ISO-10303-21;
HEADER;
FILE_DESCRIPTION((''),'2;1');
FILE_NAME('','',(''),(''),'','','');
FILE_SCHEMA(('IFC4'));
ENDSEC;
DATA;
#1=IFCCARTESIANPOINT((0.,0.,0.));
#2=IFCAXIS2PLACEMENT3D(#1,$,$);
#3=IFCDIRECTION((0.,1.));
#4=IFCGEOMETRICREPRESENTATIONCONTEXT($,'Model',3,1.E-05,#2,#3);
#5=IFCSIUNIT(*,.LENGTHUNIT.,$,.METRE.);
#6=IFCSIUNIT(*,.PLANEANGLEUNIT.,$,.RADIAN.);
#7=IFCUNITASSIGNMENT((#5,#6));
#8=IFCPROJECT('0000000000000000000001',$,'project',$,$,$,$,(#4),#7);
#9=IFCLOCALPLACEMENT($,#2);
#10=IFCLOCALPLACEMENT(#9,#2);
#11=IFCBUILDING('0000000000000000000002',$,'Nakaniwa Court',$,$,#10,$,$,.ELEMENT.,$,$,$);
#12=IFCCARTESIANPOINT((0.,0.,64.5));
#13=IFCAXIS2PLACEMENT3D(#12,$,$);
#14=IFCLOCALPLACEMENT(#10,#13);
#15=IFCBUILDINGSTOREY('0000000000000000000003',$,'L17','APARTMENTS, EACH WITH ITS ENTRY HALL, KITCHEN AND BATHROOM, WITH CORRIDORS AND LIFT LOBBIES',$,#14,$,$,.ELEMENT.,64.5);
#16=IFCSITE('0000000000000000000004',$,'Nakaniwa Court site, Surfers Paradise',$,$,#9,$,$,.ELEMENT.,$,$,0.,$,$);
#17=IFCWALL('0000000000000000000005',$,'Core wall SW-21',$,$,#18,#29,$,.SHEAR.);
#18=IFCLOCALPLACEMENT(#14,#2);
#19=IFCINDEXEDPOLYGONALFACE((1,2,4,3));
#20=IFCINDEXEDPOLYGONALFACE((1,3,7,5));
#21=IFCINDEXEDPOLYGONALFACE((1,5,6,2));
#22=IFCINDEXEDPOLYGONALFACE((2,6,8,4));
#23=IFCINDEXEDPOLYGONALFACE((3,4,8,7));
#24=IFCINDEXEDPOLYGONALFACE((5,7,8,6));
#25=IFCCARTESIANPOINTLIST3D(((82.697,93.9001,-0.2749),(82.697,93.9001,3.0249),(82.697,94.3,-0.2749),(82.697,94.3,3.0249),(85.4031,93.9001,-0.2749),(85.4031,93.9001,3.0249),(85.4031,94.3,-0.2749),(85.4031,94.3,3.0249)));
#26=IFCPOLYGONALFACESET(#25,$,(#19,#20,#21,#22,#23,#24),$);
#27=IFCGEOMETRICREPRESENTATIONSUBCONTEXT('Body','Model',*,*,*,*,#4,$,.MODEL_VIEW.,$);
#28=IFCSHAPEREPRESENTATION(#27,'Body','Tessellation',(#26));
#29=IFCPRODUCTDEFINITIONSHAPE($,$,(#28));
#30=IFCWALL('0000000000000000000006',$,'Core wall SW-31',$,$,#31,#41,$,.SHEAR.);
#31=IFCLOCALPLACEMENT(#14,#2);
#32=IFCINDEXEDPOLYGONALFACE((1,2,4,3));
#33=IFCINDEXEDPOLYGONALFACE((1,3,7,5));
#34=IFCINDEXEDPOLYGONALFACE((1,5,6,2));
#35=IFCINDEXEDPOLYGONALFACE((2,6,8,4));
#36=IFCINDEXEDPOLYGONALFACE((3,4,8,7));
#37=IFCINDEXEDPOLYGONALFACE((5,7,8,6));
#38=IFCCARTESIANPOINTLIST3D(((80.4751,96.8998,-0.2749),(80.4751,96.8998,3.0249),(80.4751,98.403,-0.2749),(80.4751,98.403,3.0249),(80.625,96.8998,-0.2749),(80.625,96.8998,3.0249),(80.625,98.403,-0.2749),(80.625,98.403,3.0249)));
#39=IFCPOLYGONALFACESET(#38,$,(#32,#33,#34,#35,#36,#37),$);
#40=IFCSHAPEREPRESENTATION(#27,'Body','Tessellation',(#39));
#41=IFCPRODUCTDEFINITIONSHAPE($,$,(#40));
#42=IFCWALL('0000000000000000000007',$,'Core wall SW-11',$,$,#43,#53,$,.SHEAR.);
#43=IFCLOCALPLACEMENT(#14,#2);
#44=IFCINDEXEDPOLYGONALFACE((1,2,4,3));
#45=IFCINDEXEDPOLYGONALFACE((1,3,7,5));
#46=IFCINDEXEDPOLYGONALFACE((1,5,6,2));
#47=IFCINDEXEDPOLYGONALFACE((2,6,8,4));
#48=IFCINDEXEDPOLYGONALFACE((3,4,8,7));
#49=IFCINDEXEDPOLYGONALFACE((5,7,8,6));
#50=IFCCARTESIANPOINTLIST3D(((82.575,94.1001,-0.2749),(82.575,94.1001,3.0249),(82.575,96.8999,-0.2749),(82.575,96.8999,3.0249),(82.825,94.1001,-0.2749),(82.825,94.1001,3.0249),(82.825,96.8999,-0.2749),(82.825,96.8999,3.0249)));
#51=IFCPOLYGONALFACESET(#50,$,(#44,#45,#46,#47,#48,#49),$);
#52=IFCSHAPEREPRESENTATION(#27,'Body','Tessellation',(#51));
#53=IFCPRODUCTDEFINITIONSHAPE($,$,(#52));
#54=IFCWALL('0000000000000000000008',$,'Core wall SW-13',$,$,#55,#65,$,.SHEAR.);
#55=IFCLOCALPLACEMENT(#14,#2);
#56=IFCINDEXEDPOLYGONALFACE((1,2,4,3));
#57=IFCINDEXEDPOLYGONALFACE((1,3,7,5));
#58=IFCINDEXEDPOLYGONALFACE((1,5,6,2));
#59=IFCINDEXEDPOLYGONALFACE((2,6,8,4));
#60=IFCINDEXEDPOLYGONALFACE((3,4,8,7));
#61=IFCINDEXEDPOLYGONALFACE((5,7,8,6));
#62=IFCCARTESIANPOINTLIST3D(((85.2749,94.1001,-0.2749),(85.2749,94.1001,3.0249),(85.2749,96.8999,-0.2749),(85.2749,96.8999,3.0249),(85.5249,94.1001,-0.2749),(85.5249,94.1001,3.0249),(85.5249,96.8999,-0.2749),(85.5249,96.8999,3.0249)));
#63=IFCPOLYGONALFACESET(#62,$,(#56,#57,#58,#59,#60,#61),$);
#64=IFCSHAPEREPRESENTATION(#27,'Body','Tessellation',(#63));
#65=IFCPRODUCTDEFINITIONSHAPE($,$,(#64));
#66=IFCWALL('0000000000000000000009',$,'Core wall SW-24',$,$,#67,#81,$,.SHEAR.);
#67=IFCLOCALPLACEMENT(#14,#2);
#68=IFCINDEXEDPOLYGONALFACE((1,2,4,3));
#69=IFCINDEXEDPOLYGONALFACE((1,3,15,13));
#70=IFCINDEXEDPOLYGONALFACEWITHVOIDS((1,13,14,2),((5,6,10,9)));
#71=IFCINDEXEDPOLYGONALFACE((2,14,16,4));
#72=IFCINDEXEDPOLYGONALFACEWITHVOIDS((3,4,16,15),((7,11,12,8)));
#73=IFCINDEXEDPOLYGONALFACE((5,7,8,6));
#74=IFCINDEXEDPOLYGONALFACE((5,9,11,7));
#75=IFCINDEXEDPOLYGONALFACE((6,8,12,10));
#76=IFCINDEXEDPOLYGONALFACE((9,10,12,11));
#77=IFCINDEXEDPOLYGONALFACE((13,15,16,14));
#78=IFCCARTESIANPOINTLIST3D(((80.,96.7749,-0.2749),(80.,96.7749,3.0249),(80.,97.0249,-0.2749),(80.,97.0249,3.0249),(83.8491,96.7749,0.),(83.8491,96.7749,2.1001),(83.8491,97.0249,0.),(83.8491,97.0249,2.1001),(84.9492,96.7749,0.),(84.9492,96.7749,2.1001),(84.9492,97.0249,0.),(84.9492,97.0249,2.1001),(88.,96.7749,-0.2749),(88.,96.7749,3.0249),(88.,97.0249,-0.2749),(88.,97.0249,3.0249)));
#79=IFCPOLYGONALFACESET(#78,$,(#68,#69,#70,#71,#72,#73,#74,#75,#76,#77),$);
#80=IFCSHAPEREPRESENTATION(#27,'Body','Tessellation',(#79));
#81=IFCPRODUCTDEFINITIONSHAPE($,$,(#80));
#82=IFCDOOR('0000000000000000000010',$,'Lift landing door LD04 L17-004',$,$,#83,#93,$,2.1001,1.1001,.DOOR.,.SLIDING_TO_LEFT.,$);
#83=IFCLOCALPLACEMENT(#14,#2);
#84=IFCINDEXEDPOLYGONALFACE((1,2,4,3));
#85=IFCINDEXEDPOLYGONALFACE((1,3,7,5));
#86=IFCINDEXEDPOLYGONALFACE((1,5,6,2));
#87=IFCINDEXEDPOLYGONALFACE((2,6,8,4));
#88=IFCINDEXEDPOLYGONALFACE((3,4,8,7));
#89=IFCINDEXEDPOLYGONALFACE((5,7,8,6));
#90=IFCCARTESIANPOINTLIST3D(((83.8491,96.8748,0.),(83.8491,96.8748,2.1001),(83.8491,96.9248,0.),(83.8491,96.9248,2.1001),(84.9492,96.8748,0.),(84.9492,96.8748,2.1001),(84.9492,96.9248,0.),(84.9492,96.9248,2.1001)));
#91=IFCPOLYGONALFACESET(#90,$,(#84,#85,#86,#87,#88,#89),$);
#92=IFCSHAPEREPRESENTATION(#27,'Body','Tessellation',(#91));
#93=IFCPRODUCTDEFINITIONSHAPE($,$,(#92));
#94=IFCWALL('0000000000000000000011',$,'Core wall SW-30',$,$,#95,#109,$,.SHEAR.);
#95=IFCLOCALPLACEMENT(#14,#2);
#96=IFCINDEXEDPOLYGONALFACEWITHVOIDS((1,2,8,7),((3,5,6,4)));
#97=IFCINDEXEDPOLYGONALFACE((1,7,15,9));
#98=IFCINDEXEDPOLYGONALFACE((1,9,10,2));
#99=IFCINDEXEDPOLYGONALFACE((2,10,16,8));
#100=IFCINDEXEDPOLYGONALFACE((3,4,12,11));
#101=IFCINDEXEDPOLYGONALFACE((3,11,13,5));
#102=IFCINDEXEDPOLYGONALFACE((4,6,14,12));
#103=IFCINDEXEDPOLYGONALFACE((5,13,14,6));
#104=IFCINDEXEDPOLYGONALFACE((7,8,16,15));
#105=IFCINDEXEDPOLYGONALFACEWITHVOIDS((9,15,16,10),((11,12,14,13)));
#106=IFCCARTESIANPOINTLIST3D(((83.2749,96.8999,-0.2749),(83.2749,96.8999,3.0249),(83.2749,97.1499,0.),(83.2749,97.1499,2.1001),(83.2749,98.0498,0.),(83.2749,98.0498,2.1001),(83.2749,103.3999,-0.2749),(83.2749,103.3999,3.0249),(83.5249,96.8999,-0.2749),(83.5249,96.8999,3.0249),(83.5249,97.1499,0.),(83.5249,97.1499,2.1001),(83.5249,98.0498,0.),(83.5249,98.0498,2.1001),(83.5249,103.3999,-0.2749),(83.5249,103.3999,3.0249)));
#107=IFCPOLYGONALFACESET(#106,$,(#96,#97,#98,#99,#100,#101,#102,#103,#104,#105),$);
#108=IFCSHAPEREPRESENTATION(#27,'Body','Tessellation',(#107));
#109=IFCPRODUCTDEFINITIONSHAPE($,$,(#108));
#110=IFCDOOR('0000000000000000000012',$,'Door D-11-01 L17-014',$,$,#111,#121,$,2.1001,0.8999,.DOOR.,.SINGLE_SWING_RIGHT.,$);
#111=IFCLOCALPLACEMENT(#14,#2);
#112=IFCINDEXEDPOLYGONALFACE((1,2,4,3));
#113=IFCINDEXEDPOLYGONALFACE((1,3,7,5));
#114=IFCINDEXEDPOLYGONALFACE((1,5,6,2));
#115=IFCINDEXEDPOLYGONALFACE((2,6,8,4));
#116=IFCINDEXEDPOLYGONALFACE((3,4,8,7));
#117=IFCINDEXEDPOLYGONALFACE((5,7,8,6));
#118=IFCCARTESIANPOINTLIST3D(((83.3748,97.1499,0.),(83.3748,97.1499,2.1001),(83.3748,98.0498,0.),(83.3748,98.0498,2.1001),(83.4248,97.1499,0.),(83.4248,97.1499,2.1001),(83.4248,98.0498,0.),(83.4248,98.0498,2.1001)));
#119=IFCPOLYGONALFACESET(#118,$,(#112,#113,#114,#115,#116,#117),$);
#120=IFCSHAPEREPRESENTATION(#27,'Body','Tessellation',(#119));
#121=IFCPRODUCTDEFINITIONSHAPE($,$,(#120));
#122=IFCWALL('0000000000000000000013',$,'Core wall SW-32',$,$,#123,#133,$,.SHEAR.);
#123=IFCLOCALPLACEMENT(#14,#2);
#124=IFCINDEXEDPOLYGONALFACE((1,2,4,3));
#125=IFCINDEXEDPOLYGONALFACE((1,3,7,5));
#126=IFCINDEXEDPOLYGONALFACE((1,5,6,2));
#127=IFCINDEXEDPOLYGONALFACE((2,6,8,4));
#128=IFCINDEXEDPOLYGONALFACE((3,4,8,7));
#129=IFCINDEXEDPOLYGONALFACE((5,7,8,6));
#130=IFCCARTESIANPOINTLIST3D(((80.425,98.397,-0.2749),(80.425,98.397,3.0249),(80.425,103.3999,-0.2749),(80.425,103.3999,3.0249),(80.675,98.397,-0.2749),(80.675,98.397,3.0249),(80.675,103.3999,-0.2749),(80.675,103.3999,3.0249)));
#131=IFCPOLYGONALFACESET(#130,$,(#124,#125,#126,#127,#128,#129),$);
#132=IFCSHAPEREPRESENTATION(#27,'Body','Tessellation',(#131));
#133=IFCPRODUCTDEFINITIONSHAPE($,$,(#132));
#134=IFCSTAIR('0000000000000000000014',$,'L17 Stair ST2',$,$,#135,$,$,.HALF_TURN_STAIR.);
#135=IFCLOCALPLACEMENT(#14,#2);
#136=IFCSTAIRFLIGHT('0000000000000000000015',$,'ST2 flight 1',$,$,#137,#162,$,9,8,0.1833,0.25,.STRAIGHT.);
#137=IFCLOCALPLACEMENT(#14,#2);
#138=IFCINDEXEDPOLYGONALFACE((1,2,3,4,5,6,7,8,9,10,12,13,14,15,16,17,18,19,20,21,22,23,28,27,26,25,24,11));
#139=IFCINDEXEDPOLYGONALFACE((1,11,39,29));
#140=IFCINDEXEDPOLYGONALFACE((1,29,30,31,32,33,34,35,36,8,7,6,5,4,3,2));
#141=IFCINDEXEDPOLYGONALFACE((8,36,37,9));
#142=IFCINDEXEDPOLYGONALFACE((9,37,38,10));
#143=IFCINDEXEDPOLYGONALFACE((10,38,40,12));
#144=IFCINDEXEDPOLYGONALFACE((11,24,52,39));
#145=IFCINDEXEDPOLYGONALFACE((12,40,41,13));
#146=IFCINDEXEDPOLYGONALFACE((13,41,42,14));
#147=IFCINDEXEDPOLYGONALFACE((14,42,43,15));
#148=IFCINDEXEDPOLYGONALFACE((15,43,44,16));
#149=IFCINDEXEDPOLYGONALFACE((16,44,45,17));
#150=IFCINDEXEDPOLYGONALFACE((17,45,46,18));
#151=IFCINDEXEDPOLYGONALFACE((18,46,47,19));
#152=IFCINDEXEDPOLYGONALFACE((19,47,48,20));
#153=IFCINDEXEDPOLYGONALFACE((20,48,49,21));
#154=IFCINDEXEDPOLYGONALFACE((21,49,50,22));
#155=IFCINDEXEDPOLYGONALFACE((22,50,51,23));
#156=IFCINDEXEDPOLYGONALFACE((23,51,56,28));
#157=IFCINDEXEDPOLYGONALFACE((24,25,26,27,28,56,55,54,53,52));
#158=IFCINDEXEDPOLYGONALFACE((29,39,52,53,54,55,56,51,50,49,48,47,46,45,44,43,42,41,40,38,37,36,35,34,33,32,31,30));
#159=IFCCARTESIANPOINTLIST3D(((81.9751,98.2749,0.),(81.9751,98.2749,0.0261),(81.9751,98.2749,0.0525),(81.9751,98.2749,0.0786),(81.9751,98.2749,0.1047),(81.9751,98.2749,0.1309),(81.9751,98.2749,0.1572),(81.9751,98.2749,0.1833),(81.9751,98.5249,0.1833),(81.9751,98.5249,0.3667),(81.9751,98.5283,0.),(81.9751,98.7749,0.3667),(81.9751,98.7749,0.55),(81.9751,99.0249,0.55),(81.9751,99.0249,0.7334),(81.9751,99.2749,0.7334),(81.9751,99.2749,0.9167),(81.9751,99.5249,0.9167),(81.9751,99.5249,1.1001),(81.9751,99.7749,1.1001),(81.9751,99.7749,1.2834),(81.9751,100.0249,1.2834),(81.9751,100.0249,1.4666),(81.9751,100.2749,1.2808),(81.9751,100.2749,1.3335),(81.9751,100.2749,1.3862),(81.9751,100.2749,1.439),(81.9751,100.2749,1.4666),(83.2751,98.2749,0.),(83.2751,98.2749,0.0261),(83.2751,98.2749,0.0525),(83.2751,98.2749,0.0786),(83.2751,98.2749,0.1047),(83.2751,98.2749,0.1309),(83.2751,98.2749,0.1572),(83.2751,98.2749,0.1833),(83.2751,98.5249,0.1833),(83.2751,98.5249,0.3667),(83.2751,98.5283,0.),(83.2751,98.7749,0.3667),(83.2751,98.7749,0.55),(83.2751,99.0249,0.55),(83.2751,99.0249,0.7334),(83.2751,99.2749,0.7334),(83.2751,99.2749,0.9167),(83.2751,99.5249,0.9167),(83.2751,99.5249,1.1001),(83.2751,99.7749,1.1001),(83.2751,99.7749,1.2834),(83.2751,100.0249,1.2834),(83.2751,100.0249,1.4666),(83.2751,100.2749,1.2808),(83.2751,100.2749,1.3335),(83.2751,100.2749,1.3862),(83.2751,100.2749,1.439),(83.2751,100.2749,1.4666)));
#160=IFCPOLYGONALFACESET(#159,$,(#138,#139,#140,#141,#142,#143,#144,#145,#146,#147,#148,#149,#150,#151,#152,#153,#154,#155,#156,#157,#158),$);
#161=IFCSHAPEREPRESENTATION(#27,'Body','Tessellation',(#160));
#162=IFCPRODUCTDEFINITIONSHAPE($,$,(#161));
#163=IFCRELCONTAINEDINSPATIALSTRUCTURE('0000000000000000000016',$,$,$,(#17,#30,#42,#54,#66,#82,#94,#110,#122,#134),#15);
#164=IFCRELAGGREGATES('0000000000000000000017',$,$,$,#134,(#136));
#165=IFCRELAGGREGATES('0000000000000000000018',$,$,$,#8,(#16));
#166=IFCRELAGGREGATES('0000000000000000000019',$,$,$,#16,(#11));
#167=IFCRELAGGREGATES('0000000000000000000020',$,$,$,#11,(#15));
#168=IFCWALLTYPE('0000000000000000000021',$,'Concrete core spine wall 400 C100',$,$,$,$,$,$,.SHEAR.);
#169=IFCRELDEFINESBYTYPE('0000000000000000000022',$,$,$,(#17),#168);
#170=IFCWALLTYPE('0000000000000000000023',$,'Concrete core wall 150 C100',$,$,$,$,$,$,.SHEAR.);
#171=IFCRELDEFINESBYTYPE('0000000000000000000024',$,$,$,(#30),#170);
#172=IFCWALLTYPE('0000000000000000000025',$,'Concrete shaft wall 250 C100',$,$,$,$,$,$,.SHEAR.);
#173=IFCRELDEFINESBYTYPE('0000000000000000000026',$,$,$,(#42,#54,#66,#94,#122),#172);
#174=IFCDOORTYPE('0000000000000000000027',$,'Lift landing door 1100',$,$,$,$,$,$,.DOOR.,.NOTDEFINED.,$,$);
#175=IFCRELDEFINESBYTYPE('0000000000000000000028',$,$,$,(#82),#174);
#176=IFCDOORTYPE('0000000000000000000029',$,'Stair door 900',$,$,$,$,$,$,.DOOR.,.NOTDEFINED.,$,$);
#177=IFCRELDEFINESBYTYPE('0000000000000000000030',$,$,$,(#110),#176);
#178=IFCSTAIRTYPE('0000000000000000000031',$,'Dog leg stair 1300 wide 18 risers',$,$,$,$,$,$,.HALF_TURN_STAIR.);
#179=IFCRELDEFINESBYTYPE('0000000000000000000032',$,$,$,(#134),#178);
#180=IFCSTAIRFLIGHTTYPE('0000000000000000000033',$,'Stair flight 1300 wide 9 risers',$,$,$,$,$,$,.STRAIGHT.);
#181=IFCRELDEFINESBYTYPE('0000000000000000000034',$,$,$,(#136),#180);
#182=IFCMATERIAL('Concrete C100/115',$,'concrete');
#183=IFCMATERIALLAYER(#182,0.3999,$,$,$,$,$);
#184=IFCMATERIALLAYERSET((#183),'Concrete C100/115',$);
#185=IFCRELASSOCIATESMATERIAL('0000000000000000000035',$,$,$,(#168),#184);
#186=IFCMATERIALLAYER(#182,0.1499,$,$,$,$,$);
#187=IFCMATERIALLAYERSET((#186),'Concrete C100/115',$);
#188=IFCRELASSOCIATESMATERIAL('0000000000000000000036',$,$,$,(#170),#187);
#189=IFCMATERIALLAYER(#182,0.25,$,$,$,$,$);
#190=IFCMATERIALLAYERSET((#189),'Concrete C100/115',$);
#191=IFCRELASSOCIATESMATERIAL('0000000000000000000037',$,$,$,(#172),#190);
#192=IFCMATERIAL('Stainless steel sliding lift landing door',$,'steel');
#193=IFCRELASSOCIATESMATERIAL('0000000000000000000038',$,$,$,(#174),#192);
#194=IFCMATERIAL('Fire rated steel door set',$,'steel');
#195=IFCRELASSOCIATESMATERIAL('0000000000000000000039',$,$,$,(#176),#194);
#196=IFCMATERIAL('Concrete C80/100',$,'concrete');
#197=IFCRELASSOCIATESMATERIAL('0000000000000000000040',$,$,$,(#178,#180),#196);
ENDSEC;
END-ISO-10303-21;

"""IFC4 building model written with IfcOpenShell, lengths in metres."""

from ifc_helpers import new_model, si_unit, direction, frame, frame_2d, origin, place, context, subcontext, project, spatial, polyline, rectangle, outline, extrude, material, layer, layer_set, type_object, element, fill, aggregate, save


model = new_model("IFC4")

# Units and contexts
model_context = context("Model", 3, precision=1e-05, world=origin(), true_north=direction((0.0, 1.0)))
body_context = subcontext(model_context, "Body", "Model", "MODEL_VIEW")
ifc_project = project(units=[si_unit("LENGTHUNIT", "METRE"), si_unit("PLANEANGLEUNIT", "RADIAN")], contexts=[model_context])

# Site, building, storey
site_placement = place(None, origin())
site = spatial("IfcSite", under=ifc_project, at=site_placement, Name="Nakaniwa Court site, Surfers Paradise", CompositionType="ELEMENT", RefElevation=0.0)
building_placement = place(site_placement, origin())
building = spatial("IfcBuilding", under=site, at=building_placement, Name="Nakaniwa Court", CompositionType="ELEMENT")
storey_placement = place(building_placement, frame((0.0, 0.0, 64.5)))
storey = spatial("IfcBuildingStorey", under=building, at=storey_placement, Name="L17", Description="APARTMENTS, EACH WITH ITS ENTRY HALL, KITCHEN AND BATHROOM, WITH CORRIDORS AND LIFT LOBBIES", CompositionType="ELEMENT", Elevation=64.5)

# Shared definitions
ifc_material_1 = material(Name="Concrete C80/100", Category="concrete")

# Shared definitions
ifc_material_2 = material(Name="Fire rated steel door set", Category="steel")

# Shared definitions
ifc_material_3 = material(Name="Concrete C100/115", Category="concrete")

# Walls
ifc_layer_1 = layer(ifc_material_3, 0.3999)
ifc_layer_set_1 = layer_set([ifc_layer_1], Name="Concrete C100/115")
wall_type_1 = type_object("IfcWallType", Name="Concrete core spine wall 400 C100", PredefinedType="SHEAR", material=ifc_layer_set_1)
wall_1_placement = place(storey_placement, frame((82.697, 94.1001, -0.2749), z_axis=(0.0, 0.0, 1.0), x_axis=(1.0, 0.0, 0.0)))
element("IfcWall", 1, at=wall_1_placement, inside=storey, type_object=wall_type_1, Name="Core wall SW-21", PredefinedType="SHEAR", context=body_context, shape_type="SweptSolid", body=[
    extrude(rectangle(XDim=2.7061, YDim=0.3999, at=frame_2d((1.353, 0.0))), origin(), (0.0, 0.0, 1.0), 3.2998),
])
ifc_layer_2 = layer(ifc_material_3, 0.1499)
ifc_layer_set_2 = layer_set([ifc_layer_2], Name="Concrete C100/115")
wall_type_2 = type_object("IfcWallType", Name="Concrete core wall 150 C100", PredefinedType="SHEAR", material=ifc_layer_set_2)
wall_2_placement = place(storey_placement, frame((80.55, 96.8999, -0.2749), z_axis=(0.0, 0.0, 1.0), x_axis=(0.0, 1.0, 0.0)))
element("IfcWall", 2, at=wall_2_placement, inside=storey, type_object=wall_type_2, Name="Core wall SW-31", PredefinedType="SHEAR", context=body_context, shape_type="SweptSolid", body=[
    extrude(rectangle(XDim=1.5032, YDim=0.1499, at=frame_2d((0.7515, 0.0))), origin(), (0.0, 0.0, 1.0), 3.2998),
])
ifc_layer_3 = layer(ifc_material_3, 0.25)
ifc_layer_set_3 = layer_set([ifc_layer_3], Name="Concrete C100/115")
wall_type_3 = type_object("IfcWallType", Name="Concrete shaft wall 250 C100", PredefinedType="SHEAR", material=ifc_layer_set_3)
for number, where, z_axis, x_axis, name in (
    (3, (82.7, 94.1001, -0.2749), (0.0, 0.0, 1.0), (0.0, 1.0, 0.0), "Core wall SW-11"),
    (4, (85.3999, 94.1001, -0.2749), (0.0, 0.0, 1.0), (0.0, 1.0, 0.0), "Core wall SW-13"),
):
    element("IfcWall", number, at=place(storey_placement, frame(where, z_axis=z_axis, x_axis=x_axis)), inside=storey, type_object=wall_type_3, Name=name, PredefinedType="SHEAR", context=body_context, shape_type="SweptSolid", body=[
        extrude(rectangle(XDim=2.7998, YDim=0.25, at=frame_2d((1.3999, 0.0))), origin(), (0.0, 0.0, 1.0), 3.2998),
    ])

# Walls, openings, doors
wall_3_placement = place(storey_placement, frame((80.0, 96.8999, -0.2749), z_axis=(0.0, 0.0, 1.0), x_axis=(1.0, 0.0, 0.0)))
wall_3 = element("IfcWall", 5, at=wall_3_placement, inside=storey, type_object=wall_type_3, Name="Core wall SW-24", PredefinedType="SHEAR", context=body_context, shape_type="SweptSolid", body=[
    extrude(rectangle(XDim=8.0, YDim=0.25, at=frame_2d((4.0, 0.0))), origin(), (0.0, 0.0, 1.0), 3.2998),
])
opening_1_placement = place(wall_3_placement, frame((3.8491, 0.0, 0.2749)))
opening_1 = element("IfcOpeningElement", 6, at=opening_1_placement, cuts=wall_3, PredefinedType="OPENING", context=body_context, shape_type="SweptSolid", body=[
    extrude(rectangle(XDim=1.1001, YDim=2.1001, at=frame_2d((0.55, 1.05))), frame((0.0, 0.135, 0.0), z_axis=(0.0, -1.0, 0.0), x_axis=(1.0, 0.0, 0.0)), (0.0, 0.0, 1.0), 0.27),
])
ifc_material_4 = material(Name="Stainless steel sliding lift landing door", Category="steel")
door_type_1 = type_object("IfcDoorType", Name="Lift landing door 1100", OperationType="NOTDEFINED", PredefinedType="DOOR", material=ifc_material_4)
door_1_placement = place(opening_1_placement, origin())
door_1 = element("IfcDoor", 7, at=door_1_placement, inside=storey, type_object=door_type_1, Name="Lift landing door LD04 L17-004", OperationType="SLIDING_TO_LEFT", OverallHeight=2.1001, OverallWidth=1.1001, PredefinedType="DOOR", context=body_context, shape_type="SweptSolid", body=[
    extrude(rectangle(XDim=1.1001, YDim=2.1001, at=frame_2d((0.55, 1.05))), frame((0.0, 0.0249, 0.0), z_axis=(0.0, -1.0, 0.0), x_axis=(1.0, 0.0, 0.0)), (0.0, 0.0, 1.0), 0.05),
])
fill(opening_1, door_1)
wall_4_placement = place(storey_placement, frame((83.3999, 103.3999, -0.2749), z_axis=(0.0, 0.0, 1.0), x_axis=(0.0, -1.0, 0.0)))
wall_4 = element("IfcWall", 8, at=wall_4_placement, inside=storey, type_object=wall_type_3, Name="Core wall SW-30", PredefinedType="SHEAR", context=body_context, shape_type="SweptSolid", body=[
    extrude(rectangle(XDim=6.5, YDim=0.25, at=frame_2d((3.25, 0.0))), origin(), (0.0, 0.0, 1.0), 3.2998),
])
opening_2_placement = place(wall_4_placement, frame((5.3501, 0.0, 0.2749)))
opening_2 = element("IfcOpeningElement", 9, at=opening_2_placement, cuts=wall_4, PredefinedType="OPENING", context=body_context, shape_type="SweptSolid", body=[
    extrude(rectangle(XDim=0.8999, YDim=2.1001, at=frame_2d((0.45, 1.05))), frame((0.0, 0.135, 0.0), z_axis=(0.0, -1.0, 0.0), x_axis=(1.0, 0.0, 0.0)), (0.0, 0.0, 1.0), 0.27),
])
door_type_2 = type_object("IfcDoorType", Name="Stair door 900", OperationType="NOTDEFINED", PredefinedType="DOOR", material=ifc_material_2)
door_2_placement = place(opening_2_placement, origin())
door_2 = element("IfcDoor", 10, at=door_2_placement, inside=storey, type_object=door_type_2, Name="Door D-11-01 L17-014", OperationType="SINGLE_SWING_RIGHT", OverallHeight=2.1001, OverallWidth=0.8999, PredefinedType="DOOR", context=body_context, shape_type="SweptSolid", body=[
    extrude(rectangle(XDim=0.8999, YDim=2.1001, at=frame_2d((0.45, 1.05))), frame((0.0, 0.0249, 0.0), z_axis=(0.0, -1.0, 0.0), x_axis=(1.0, 0.0, 0.0)), (0.0, 0.0, 1.0), 0.05),
])
fill(opening_2, door_2)

# Wall
wall_5_placement = place(storey_placement, frame((80.55, 98.397, -0.2749), z_axis=(0.0, 0.0, 1.0), x_axis=(0.0, 1.0, 0.0)))
element("IfcWall", 11, at=wall_5_placement, inside=storey, type_object=wall_type_3, Name="Core wall SW-32", PredefinedType="SHEAR", context=body_context, shape_type="SweptSolid", body=[
    extrude(rectangle(XDim=5.0029, YDim=0.25, at=frame_2d((2.5015, 0.0))), origin(), (0.0, 0.0, 1.0), 3.2998),
])

# Stair, stair flight
stair_type = type_object("IfcStairType", Name="Dog leg stair 1300 wide 18 risers", PredefinedType="HALF_TURN_STAIR", material=ifc_material_1)
stair_placement = place(storey_placement, origin())
stair = element("IfcStair", 12, at=stair_placement, inside=storey, type_object=stair_type, Name="L17 Stair ST2", PredefinedType="HALF_TURN_STAIR")
stair_flight_type = type_object("IfcStairFlightType", Name="Stair flight 1300 wide 9 risers", PredefinedType="STRAIGHT", material=ifc_material_1)
stair_flight_1_placement = place(storey_placement, frame((82.625, 98.2749, 0.0), z_axis=(0.0, 0.0, 1.0), x_axis=(0.0, 1.0, 0.0)))
stair_flight_1 = element("IfcStairFlight", 13, at=stair_flight_1_placement, type_object=stair_flight_type, Name="ST2 flight 1", NumberOfRisers=9, NumberOfTreads=8, PredefinedType="STRAIGHT", RiserHeight=0.1833, TreadLength=0.25, context=body_context, shape_type="SweptSolid", body=[
    extrude(outline(polyline([(0.0, 0.0), (0.0, 0.0261), (0.0, 0.0525), (0.0, 0.0786), (0.0, 0.1047), (0.0, 0.1309), (0.0, 0.1572), (0.0, 0.1833), (0.25, 0.1833), (0.25, 0.3667), (0.5, 0.3667), (0.5, 0.55), (0.75, 0.55), (0.75, 0.7334), (1.0, 0.7334), (1.0, 0.9167), (1.25, 0.9167), (1.25, 1.1001), (1.5, 1.1001), (1.5, 1.2834), (1.75, 1.2834), (1.75, 1.4666), (2.0, 1.4666), (2.0, 1.6499), (2.0, 1.5972), (2.0, 1.5444), (2.0, 1.4917), (2.0, 1.439), (2.0, 1.3862), (2.0, 1.3335), (2.0, 1.2808), (0.2534, 0.0), (0.0, 0.0)])), frame((0.0, 0.6499, 0.0), z_axis=(0.0, -1.0, 0.0), x_axis=(1.0, 0.0, 0.0)), (0.0, 0.0, 1.0), 1.3),
])
aggregate(stair, [stair_flight_1])

save(model, "model.ifc")
